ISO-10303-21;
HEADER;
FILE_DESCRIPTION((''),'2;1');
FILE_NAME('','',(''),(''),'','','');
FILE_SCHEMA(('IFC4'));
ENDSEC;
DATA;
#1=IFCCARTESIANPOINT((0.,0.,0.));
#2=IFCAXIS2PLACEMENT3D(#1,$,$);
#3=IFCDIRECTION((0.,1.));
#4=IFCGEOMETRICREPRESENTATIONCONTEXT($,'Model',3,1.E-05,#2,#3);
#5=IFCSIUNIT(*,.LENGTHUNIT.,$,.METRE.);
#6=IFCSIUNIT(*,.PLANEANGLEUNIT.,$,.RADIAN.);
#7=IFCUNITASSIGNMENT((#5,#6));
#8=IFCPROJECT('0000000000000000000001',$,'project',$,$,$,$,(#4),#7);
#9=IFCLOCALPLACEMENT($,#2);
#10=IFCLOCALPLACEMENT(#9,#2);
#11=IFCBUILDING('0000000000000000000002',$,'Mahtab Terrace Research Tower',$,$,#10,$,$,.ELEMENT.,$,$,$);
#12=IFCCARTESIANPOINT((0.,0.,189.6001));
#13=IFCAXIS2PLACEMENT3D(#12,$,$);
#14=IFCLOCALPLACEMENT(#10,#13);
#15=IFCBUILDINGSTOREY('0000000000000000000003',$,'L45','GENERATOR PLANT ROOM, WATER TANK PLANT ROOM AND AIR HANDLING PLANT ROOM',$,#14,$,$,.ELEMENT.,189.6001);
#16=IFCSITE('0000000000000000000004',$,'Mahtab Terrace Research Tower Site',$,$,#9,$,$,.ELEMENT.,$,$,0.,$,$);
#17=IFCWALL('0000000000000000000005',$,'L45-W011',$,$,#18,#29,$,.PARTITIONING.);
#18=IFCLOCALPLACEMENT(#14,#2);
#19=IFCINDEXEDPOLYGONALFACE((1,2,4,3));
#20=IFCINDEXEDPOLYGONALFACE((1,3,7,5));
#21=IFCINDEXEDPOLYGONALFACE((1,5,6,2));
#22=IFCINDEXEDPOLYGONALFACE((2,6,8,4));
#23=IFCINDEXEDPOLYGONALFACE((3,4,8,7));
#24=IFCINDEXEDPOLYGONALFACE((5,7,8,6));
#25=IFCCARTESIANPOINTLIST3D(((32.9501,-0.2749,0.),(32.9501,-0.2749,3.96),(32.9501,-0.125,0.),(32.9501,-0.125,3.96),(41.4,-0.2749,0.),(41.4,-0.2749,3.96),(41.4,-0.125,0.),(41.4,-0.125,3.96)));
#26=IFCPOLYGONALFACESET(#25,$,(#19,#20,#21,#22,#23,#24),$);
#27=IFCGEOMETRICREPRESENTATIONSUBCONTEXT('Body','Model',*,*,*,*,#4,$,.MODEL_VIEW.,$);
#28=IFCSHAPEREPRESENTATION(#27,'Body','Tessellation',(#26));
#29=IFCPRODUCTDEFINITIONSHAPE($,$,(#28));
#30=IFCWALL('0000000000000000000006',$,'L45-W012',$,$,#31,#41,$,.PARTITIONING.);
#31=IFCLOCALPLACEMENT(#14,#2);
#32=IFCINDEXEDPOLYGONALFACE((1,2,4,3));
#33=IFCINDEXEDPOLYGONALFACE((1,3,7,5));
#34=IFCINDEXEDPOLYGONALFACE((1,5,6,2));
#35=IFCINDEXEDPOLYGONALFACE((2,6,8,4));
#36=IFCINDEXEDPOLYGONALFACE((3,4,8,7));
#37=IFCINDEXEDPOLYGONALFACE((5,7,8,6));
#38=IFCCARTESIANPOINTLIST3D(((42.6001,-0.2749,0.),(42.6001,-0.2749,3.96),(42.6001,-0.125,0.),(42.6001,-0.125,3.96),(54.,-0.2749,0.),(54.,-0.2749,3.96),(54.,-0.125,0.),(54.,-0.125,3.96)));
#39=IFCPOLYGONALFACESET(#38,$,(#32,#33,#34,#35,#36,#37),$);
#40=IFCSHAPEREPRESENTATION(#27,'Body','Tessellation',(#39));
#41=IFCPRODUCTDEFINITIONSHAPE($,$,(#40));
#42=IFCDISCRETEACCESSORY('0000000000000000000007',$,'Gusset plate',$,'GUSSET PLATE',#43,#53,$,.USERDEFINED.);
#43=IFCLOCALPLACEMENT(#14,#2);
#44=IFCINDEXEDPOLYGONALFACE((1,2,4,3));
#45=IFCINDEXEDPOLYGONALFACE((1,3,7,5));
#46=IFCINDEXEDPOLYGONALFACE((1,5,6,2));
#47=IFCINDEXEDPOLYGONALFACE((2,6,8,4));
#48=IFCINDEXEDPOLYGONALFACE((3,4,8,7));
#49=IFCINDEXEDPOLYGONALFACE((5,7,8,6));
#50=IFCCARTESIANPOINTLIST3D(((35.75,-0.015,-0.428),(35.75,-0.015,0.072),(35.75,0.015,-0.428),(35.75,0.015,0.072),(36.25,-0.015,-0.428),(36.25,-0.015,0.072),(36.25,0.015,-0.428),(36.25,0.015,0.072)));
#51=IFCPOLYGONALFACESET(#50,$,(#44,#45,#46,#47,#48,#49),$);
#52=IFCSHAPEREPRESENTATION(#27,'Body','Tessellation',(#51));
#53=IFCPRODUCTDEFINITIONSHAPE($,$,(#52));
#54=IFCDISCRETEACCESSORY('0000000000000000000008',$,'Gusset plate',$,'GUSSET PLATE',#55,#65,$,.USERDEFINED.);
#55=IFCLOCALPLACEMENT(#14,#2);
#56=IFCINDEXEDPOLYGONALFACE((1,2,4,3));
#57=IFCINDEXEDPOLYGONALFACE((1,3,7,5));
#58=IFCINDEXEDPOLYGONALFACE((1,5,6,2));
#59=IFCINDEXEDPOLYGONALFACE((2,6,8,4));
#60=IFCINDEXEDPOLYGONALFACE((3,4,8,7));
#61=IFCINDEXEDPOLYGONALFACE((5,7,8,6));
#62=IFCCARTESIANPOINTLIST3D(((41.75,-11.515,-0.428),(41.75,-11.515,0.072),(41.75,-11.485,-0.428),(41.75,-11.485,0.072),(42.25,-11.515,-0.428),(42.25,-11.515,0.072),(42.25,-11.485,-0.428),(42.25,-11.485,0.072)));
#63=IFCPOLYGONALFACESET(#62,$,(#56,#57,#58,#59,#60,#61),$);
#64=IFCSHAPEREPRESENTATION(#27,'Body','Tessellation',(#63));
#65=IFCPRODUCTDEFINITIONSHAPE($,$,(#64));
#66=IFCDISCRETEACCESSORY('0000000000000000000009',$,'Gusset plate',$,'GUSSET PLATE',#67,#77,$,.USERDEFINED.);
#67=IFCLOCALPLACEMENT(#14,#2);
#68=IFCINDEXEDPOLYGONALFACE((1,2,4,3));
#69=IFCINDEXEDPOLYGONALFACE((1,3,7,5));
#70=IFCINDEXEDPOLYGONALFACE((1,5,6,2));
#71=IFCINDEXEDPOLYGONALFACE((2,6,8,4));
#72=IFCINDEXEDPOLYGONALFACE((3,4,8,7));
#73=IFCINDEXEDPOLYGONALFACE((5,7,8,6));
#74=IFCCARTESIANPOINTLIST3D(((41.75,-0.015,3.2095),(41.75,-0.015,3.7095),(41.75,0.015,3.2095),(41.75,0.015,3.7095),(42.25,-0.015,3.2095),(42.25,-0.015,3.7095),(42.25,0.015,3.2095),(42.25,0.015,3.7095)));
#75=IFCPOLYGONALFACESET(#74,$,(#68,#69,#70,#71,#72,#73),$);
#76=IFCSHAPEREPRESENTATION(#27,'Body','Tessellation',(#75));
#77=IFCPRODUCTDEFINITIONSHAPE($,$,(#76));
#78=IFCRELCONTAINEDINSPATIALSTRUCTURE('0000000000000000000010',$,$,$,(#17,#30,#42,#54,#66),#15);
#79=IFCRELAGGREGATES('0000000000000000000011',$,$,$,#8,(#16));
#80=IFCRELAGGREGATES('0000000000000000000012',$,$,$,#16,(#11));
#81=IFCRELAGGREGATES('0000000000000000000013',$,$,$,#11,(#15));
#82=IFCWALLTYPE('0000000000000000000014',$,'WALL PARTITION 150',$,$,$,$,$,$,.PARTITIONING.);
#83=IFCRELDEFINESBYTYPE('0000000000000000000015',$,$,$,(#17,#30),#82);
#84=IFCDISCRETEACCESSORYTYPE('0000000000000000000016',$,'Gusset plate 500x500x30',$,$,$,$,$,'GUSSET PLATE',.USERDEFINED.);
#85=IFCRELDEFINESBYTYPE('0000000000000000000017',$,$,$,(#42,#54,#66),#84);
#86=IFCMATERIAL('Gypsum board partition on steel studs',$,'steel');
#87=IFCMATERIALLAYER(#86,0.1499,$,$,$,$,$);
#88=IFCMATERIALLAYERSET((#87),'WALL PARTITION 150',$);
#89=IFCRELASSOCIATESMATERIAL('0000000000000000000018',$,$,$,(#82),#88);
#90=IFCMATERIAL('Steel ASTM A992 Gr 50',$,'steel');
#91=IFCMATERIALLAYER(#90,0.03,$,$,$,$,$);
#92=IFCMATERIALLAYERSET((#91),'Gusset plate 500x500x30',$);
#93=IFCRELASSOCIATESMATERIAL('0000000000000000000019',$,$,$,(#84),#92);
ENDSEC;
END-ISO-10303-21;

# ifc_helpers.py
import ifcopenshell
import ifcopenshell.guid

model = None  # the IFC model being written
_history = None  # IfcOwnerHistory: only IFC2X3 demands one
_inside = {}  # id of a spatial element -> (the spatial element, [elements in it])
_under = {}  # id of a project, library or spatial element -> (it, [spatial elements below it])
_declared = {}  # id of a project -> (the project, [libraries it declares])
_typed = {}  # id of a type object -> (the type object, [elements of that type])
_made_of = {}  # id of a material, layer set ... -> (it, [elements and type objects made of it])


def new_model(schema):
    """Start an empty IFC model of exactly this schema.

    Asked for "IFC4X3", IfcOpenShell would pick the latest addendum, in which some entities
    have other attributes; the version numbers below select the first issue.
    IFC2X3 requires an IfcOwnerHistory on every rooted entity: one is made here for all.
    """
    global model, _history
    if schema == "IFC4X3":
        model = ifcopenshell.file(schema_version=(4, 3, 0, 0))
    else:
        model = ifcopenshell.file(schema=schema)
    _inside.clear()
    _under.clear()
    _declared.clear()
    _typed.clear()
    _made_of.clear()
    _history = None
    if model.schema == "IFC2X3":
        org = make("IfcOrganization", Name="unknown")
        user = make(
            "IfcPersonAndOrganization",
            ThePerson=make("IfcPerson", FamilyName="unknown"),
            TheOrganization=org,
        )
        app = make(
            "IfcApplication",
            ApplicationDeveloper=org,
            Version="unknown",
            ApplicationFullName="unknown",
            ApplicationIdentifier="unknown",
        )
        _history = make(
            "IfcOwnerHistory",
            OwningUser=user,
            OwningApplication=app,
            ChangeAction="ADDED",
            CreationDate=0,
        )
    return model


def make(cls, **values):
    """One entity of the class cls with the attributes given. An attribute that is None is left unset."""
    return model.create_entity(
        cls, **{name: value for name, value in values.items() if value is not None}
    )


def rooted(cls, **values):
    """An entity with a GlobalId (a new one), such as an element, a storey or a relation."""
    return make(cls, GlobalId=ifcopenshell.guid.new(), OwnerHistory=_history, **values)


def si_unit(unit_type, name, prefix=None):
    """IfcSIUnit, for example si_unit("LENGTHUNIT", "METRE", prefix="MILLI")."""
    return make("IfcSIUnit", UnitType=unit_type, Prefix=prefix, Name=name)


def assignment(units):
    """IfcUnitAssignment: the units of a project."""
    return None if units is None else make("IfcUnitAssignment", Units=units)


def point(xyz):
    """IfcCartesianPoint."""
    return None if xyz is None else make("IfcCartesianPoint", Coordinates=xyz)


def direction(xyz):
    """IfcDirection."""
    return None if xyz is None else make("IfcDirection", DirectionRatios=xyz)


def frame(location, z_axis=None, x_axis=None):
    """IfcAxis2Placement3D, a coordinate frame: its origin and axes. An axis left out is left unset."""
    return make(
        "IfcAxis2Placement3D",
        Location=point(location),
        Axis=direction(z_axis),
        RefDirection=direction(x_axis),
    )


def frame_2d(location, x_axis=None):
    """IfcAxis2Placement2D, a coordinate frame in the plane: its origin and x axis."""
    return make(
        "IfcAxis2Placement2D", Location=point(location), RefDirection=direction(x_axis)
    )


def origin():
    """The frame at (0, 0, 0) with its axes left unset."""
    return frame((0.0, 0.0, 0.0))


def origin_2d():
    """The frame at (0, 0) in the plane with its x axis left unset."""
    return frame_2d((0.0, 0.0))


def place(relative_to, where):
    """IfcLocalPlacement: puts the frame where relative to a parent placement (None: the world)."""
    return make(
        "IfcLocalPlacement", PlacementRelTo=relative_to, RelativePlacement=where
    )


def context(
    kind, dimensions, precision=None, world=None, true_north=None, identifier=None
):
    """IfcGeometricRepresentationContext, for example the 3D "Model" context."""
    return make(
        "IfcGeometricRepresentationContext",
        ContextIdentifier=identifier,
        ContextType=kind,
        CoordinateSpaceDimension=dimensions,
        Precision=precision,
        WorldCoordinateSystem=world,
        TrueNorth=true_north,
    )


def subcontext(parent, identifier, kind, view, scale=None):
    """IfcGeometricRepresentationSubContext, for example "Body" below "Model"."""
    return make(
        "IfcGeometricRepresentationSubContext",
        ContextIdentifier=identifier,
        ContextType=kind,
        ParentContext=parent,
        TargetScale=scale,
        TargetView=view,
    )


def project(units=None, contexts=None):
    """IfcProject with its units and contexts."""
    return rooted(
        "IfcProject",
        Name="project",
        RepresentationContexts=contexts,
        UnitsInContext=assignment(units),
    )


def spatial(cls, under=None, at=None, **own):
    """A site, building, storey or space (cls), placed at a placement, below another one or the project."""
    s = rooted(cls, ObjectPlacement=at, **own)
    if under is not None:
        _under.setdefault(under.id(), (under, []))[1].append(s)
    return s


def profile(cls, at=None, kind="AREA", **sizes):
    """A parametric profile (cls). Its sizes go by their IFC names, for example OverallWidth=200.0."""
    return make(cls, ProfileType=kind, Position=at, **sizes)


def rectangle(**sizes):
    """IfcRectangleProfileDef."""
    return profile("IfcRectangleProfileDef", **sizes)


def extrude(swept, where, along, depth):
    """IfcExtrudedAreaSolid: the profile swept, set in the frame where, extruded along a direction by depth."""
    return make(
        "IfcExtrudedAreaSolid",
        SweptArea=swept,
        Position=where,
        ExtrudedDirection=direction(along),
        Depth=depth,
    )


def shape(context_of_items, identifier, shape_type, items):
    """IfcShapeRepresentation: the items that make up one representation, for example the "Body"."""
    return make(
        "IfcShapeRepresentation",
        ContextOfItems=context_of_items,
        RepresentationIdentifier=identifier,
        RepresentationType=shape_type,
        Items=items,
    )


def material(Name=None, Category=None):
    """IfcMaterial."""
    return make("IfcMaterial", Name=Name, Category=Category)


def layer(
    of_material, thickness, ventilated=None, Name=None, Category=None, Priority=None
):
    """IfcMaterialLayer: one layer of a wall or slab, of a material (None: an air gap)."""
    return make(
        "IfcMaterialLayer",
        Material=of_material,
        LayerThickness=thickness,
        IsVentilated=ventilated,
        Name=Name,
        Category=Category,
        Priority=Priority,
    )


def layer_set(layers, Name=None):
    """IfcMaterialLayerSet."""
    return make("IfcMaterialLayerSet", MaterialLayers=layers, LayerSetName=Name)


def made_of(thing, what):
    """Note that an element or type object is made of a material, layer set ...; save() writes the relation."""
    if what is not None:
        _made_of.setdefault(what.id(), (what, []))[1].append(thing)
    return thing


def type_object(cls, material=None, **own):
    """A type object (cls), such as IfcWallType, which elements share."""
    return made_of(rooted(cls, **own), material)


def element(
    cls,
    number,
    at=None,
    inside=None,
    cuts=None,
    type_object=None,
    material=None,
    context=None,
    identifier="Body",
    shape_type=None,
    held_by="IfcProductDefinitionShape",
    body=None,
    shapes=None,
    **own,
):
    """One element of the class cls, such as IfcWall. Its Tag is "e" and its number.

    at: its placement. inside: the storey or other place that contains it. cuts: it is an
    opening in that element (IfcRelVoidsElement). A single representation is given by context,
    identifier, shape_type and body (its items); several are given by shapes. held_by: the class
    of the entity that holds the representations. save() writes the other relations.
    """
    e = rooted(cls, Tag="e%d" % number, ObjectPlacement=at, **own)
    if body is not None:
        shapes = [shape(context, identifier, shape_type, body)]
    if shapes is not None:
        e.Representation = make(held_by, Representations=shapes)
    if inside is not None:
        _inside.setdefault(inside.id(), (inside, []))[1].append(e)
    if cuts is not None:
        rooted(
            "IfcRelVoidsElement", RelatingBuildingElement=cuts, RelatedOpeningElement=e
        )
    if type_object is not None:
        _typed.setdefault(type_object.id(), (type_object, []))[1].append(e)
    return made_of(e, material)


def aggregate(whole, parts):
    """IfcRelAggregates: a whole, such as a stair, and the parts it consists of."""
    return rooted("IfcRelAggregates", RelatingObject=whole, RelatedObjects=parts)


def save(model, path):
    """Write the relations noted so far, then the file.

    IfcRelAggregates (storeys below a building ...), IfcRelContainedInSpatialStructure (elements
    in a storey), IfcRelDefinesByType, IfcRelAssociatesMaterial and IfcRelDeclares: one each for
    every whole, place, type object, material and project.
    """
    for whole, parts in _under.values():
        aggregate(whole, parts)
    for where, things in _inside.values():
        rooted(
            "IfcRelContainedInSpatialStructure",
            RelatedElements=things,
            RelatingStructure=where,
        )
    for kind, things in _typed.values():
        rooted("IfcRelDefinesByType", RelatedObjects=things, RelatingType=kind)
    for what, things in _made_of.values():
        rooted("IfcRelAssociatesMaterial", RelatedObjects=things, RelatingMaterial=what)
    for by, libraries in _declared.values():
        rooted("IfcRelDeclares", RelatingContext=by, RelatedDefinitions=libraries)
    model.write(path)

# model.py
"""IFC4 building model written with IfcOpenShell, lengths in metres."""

from ifc_helpers import new_model, si_unit, direction, frame, frame_2d, origin, origin_2d, place, context, subcontext, project, spatial, rectangle, extrude, material, layer, layer_set, type_object, element, save


model = new_model("IFC4")

# Units and contexts
model_context = context("Model", 3, precision=1e-05, world=origin(), true_north=direction((0.0, 1.0)))
body_context = subcontext(model_context, "Body", "Model", "MODEL_VIEW")
ifc_project = project(units=[si_unit("LENGTHUNIT", "METRE"), si_unit("PLANEANGLEUNIT", "RADIAN")], contexts=[model_context])

# Site, building, storey
site_placement = place(None, origin())
site = spatial("IfcSite", under=ifc_project, at=site_placement, Name="Mahtab Terrace Research Tower Site", CompositionType="ELEMENT", RefElevation=0.0)
building_placement = place(site_placement, origin())
building = spatial("IfcBuilding", under=site, at=building_placement, Name="Mahtab Terrace Research Tower", CompositionType="ELEMENT")
storey_placement = place(building_placement, frame((0.0, 0.0, 189.6001)))
storey = spatial("IfcBuildingStorey", under=building, at=storey_placement, Name="L45", Description="GENERATOR PLANT ROOM, WATER TANK PLANT ROOM AND AIR HANDLING PLANT ROOM", CompositionType="ELEMENT", Elevation=189.6001)

# Shared definitions
ifc_material_1 = material(Name="Steel ASTM A992 Gr 50", Category="steel")

# Walls
ifc_material_2 = material(Name="Gypsum board partition on steel studs", Category="steel")
ifc_layer_1 = layer(ifc_material_2, 0.1499)
ifc_layer_set_1 = layer_set([ifc_layer_1], Name="WALL PARTITION 150")
wall_type_1 = type_object("IfcWallType", Name="WALL PARTITION 150", PredefinedType="PARTITIONING", material=ifc_layer_set_1)
wall_1_placement = place(storey_placement, frame((32.95, -0.2, 0.0), z_axis=(0.0, 0.0, 1.0), x_axis=(1.0, 0.0, 0.0)))
element("IfcWall", 1, at=wall_1_placement, inside=storey, type_object=wall_type_1, Name="L45-W011", PredefinedType="PARTITIONING", context=body_context, shape_type="SweptSolid", body=[
    extrude(rectangle(XDim=8.45, YDim=0.1499, at=frame_2d((4.2251, 0.0))), origin(), (0.0, 0.0, 1.0), 3.96),
])
wall_2_placement = place(storey_placement, frame((42.6001, -0.2, 0.0), z_axis=(0.0, 0.0, 1.0), x_axis=(1.0, 0.0, 0.0)))
element("IfcWall", 2, at=wall_2_placement, inside=storey, type_object=wall_type_1, Name="L45-W012", PredefinedType="PARTITIONING", context=body_context, shape_type="SweptSolid", body=[
    extrude(rectangle(XDim=11.3999, YDim=0.1499, at=frame_2d((5.7, 0.0))), origin(), (0.0, 0.0, 1.0), 3.96),
])

# Discrete accessories
ifc_layer_2 = layer(ifc_material_1, 0.03)
ifc_layer_set_2 = layer_set([ifc_layer_2], Name="Gusset plate 500x500x30")
discrete_accessory_type = type_object("IfcDiscreteAccessoryType", Name="Gusset plate 500x500x30", ElementType="GUSSET PLATE", PredefinedType="USERDEFINED", material=ifc_layer_set_2)
for number, where, z_axis, x_axis, name in (
    (3, (36.0, 0.0, -0.428), (0.0, 0.0, 1.0), (1.0, 0.0, 0.0), "Gusset plate"),
    (4, (42.0, -11.5, -0.428), (0.0, 0.0, 1.0), (1.0, 0.0, 0.0), "Gusset plate"),
    (5, (42.0, 0.0, 3.2095), (0.0, 0.0, 1.0), (1.0, 0.0, 0.0), "Gusset plate"),
):
    element("IfcDiscreteAccessory", number, at=place(storey_placement, frame(where, z_axis=z_axis, x_axis=x_axis)), inside=storey, type_object=discrete_accessory_type, Name=name, ObjectType="GUSSET PLATE", PredefinedType="USERDEFINED", context=body_context, shape_type="SweptSolid", body=[
        extrude(rectangle(XDim=0.5, YDim=0.03, at=origin_2d()), origin(), (0.0, 0.0, 1.0), 0.5),
    ])

save(model, "model.ifc")
